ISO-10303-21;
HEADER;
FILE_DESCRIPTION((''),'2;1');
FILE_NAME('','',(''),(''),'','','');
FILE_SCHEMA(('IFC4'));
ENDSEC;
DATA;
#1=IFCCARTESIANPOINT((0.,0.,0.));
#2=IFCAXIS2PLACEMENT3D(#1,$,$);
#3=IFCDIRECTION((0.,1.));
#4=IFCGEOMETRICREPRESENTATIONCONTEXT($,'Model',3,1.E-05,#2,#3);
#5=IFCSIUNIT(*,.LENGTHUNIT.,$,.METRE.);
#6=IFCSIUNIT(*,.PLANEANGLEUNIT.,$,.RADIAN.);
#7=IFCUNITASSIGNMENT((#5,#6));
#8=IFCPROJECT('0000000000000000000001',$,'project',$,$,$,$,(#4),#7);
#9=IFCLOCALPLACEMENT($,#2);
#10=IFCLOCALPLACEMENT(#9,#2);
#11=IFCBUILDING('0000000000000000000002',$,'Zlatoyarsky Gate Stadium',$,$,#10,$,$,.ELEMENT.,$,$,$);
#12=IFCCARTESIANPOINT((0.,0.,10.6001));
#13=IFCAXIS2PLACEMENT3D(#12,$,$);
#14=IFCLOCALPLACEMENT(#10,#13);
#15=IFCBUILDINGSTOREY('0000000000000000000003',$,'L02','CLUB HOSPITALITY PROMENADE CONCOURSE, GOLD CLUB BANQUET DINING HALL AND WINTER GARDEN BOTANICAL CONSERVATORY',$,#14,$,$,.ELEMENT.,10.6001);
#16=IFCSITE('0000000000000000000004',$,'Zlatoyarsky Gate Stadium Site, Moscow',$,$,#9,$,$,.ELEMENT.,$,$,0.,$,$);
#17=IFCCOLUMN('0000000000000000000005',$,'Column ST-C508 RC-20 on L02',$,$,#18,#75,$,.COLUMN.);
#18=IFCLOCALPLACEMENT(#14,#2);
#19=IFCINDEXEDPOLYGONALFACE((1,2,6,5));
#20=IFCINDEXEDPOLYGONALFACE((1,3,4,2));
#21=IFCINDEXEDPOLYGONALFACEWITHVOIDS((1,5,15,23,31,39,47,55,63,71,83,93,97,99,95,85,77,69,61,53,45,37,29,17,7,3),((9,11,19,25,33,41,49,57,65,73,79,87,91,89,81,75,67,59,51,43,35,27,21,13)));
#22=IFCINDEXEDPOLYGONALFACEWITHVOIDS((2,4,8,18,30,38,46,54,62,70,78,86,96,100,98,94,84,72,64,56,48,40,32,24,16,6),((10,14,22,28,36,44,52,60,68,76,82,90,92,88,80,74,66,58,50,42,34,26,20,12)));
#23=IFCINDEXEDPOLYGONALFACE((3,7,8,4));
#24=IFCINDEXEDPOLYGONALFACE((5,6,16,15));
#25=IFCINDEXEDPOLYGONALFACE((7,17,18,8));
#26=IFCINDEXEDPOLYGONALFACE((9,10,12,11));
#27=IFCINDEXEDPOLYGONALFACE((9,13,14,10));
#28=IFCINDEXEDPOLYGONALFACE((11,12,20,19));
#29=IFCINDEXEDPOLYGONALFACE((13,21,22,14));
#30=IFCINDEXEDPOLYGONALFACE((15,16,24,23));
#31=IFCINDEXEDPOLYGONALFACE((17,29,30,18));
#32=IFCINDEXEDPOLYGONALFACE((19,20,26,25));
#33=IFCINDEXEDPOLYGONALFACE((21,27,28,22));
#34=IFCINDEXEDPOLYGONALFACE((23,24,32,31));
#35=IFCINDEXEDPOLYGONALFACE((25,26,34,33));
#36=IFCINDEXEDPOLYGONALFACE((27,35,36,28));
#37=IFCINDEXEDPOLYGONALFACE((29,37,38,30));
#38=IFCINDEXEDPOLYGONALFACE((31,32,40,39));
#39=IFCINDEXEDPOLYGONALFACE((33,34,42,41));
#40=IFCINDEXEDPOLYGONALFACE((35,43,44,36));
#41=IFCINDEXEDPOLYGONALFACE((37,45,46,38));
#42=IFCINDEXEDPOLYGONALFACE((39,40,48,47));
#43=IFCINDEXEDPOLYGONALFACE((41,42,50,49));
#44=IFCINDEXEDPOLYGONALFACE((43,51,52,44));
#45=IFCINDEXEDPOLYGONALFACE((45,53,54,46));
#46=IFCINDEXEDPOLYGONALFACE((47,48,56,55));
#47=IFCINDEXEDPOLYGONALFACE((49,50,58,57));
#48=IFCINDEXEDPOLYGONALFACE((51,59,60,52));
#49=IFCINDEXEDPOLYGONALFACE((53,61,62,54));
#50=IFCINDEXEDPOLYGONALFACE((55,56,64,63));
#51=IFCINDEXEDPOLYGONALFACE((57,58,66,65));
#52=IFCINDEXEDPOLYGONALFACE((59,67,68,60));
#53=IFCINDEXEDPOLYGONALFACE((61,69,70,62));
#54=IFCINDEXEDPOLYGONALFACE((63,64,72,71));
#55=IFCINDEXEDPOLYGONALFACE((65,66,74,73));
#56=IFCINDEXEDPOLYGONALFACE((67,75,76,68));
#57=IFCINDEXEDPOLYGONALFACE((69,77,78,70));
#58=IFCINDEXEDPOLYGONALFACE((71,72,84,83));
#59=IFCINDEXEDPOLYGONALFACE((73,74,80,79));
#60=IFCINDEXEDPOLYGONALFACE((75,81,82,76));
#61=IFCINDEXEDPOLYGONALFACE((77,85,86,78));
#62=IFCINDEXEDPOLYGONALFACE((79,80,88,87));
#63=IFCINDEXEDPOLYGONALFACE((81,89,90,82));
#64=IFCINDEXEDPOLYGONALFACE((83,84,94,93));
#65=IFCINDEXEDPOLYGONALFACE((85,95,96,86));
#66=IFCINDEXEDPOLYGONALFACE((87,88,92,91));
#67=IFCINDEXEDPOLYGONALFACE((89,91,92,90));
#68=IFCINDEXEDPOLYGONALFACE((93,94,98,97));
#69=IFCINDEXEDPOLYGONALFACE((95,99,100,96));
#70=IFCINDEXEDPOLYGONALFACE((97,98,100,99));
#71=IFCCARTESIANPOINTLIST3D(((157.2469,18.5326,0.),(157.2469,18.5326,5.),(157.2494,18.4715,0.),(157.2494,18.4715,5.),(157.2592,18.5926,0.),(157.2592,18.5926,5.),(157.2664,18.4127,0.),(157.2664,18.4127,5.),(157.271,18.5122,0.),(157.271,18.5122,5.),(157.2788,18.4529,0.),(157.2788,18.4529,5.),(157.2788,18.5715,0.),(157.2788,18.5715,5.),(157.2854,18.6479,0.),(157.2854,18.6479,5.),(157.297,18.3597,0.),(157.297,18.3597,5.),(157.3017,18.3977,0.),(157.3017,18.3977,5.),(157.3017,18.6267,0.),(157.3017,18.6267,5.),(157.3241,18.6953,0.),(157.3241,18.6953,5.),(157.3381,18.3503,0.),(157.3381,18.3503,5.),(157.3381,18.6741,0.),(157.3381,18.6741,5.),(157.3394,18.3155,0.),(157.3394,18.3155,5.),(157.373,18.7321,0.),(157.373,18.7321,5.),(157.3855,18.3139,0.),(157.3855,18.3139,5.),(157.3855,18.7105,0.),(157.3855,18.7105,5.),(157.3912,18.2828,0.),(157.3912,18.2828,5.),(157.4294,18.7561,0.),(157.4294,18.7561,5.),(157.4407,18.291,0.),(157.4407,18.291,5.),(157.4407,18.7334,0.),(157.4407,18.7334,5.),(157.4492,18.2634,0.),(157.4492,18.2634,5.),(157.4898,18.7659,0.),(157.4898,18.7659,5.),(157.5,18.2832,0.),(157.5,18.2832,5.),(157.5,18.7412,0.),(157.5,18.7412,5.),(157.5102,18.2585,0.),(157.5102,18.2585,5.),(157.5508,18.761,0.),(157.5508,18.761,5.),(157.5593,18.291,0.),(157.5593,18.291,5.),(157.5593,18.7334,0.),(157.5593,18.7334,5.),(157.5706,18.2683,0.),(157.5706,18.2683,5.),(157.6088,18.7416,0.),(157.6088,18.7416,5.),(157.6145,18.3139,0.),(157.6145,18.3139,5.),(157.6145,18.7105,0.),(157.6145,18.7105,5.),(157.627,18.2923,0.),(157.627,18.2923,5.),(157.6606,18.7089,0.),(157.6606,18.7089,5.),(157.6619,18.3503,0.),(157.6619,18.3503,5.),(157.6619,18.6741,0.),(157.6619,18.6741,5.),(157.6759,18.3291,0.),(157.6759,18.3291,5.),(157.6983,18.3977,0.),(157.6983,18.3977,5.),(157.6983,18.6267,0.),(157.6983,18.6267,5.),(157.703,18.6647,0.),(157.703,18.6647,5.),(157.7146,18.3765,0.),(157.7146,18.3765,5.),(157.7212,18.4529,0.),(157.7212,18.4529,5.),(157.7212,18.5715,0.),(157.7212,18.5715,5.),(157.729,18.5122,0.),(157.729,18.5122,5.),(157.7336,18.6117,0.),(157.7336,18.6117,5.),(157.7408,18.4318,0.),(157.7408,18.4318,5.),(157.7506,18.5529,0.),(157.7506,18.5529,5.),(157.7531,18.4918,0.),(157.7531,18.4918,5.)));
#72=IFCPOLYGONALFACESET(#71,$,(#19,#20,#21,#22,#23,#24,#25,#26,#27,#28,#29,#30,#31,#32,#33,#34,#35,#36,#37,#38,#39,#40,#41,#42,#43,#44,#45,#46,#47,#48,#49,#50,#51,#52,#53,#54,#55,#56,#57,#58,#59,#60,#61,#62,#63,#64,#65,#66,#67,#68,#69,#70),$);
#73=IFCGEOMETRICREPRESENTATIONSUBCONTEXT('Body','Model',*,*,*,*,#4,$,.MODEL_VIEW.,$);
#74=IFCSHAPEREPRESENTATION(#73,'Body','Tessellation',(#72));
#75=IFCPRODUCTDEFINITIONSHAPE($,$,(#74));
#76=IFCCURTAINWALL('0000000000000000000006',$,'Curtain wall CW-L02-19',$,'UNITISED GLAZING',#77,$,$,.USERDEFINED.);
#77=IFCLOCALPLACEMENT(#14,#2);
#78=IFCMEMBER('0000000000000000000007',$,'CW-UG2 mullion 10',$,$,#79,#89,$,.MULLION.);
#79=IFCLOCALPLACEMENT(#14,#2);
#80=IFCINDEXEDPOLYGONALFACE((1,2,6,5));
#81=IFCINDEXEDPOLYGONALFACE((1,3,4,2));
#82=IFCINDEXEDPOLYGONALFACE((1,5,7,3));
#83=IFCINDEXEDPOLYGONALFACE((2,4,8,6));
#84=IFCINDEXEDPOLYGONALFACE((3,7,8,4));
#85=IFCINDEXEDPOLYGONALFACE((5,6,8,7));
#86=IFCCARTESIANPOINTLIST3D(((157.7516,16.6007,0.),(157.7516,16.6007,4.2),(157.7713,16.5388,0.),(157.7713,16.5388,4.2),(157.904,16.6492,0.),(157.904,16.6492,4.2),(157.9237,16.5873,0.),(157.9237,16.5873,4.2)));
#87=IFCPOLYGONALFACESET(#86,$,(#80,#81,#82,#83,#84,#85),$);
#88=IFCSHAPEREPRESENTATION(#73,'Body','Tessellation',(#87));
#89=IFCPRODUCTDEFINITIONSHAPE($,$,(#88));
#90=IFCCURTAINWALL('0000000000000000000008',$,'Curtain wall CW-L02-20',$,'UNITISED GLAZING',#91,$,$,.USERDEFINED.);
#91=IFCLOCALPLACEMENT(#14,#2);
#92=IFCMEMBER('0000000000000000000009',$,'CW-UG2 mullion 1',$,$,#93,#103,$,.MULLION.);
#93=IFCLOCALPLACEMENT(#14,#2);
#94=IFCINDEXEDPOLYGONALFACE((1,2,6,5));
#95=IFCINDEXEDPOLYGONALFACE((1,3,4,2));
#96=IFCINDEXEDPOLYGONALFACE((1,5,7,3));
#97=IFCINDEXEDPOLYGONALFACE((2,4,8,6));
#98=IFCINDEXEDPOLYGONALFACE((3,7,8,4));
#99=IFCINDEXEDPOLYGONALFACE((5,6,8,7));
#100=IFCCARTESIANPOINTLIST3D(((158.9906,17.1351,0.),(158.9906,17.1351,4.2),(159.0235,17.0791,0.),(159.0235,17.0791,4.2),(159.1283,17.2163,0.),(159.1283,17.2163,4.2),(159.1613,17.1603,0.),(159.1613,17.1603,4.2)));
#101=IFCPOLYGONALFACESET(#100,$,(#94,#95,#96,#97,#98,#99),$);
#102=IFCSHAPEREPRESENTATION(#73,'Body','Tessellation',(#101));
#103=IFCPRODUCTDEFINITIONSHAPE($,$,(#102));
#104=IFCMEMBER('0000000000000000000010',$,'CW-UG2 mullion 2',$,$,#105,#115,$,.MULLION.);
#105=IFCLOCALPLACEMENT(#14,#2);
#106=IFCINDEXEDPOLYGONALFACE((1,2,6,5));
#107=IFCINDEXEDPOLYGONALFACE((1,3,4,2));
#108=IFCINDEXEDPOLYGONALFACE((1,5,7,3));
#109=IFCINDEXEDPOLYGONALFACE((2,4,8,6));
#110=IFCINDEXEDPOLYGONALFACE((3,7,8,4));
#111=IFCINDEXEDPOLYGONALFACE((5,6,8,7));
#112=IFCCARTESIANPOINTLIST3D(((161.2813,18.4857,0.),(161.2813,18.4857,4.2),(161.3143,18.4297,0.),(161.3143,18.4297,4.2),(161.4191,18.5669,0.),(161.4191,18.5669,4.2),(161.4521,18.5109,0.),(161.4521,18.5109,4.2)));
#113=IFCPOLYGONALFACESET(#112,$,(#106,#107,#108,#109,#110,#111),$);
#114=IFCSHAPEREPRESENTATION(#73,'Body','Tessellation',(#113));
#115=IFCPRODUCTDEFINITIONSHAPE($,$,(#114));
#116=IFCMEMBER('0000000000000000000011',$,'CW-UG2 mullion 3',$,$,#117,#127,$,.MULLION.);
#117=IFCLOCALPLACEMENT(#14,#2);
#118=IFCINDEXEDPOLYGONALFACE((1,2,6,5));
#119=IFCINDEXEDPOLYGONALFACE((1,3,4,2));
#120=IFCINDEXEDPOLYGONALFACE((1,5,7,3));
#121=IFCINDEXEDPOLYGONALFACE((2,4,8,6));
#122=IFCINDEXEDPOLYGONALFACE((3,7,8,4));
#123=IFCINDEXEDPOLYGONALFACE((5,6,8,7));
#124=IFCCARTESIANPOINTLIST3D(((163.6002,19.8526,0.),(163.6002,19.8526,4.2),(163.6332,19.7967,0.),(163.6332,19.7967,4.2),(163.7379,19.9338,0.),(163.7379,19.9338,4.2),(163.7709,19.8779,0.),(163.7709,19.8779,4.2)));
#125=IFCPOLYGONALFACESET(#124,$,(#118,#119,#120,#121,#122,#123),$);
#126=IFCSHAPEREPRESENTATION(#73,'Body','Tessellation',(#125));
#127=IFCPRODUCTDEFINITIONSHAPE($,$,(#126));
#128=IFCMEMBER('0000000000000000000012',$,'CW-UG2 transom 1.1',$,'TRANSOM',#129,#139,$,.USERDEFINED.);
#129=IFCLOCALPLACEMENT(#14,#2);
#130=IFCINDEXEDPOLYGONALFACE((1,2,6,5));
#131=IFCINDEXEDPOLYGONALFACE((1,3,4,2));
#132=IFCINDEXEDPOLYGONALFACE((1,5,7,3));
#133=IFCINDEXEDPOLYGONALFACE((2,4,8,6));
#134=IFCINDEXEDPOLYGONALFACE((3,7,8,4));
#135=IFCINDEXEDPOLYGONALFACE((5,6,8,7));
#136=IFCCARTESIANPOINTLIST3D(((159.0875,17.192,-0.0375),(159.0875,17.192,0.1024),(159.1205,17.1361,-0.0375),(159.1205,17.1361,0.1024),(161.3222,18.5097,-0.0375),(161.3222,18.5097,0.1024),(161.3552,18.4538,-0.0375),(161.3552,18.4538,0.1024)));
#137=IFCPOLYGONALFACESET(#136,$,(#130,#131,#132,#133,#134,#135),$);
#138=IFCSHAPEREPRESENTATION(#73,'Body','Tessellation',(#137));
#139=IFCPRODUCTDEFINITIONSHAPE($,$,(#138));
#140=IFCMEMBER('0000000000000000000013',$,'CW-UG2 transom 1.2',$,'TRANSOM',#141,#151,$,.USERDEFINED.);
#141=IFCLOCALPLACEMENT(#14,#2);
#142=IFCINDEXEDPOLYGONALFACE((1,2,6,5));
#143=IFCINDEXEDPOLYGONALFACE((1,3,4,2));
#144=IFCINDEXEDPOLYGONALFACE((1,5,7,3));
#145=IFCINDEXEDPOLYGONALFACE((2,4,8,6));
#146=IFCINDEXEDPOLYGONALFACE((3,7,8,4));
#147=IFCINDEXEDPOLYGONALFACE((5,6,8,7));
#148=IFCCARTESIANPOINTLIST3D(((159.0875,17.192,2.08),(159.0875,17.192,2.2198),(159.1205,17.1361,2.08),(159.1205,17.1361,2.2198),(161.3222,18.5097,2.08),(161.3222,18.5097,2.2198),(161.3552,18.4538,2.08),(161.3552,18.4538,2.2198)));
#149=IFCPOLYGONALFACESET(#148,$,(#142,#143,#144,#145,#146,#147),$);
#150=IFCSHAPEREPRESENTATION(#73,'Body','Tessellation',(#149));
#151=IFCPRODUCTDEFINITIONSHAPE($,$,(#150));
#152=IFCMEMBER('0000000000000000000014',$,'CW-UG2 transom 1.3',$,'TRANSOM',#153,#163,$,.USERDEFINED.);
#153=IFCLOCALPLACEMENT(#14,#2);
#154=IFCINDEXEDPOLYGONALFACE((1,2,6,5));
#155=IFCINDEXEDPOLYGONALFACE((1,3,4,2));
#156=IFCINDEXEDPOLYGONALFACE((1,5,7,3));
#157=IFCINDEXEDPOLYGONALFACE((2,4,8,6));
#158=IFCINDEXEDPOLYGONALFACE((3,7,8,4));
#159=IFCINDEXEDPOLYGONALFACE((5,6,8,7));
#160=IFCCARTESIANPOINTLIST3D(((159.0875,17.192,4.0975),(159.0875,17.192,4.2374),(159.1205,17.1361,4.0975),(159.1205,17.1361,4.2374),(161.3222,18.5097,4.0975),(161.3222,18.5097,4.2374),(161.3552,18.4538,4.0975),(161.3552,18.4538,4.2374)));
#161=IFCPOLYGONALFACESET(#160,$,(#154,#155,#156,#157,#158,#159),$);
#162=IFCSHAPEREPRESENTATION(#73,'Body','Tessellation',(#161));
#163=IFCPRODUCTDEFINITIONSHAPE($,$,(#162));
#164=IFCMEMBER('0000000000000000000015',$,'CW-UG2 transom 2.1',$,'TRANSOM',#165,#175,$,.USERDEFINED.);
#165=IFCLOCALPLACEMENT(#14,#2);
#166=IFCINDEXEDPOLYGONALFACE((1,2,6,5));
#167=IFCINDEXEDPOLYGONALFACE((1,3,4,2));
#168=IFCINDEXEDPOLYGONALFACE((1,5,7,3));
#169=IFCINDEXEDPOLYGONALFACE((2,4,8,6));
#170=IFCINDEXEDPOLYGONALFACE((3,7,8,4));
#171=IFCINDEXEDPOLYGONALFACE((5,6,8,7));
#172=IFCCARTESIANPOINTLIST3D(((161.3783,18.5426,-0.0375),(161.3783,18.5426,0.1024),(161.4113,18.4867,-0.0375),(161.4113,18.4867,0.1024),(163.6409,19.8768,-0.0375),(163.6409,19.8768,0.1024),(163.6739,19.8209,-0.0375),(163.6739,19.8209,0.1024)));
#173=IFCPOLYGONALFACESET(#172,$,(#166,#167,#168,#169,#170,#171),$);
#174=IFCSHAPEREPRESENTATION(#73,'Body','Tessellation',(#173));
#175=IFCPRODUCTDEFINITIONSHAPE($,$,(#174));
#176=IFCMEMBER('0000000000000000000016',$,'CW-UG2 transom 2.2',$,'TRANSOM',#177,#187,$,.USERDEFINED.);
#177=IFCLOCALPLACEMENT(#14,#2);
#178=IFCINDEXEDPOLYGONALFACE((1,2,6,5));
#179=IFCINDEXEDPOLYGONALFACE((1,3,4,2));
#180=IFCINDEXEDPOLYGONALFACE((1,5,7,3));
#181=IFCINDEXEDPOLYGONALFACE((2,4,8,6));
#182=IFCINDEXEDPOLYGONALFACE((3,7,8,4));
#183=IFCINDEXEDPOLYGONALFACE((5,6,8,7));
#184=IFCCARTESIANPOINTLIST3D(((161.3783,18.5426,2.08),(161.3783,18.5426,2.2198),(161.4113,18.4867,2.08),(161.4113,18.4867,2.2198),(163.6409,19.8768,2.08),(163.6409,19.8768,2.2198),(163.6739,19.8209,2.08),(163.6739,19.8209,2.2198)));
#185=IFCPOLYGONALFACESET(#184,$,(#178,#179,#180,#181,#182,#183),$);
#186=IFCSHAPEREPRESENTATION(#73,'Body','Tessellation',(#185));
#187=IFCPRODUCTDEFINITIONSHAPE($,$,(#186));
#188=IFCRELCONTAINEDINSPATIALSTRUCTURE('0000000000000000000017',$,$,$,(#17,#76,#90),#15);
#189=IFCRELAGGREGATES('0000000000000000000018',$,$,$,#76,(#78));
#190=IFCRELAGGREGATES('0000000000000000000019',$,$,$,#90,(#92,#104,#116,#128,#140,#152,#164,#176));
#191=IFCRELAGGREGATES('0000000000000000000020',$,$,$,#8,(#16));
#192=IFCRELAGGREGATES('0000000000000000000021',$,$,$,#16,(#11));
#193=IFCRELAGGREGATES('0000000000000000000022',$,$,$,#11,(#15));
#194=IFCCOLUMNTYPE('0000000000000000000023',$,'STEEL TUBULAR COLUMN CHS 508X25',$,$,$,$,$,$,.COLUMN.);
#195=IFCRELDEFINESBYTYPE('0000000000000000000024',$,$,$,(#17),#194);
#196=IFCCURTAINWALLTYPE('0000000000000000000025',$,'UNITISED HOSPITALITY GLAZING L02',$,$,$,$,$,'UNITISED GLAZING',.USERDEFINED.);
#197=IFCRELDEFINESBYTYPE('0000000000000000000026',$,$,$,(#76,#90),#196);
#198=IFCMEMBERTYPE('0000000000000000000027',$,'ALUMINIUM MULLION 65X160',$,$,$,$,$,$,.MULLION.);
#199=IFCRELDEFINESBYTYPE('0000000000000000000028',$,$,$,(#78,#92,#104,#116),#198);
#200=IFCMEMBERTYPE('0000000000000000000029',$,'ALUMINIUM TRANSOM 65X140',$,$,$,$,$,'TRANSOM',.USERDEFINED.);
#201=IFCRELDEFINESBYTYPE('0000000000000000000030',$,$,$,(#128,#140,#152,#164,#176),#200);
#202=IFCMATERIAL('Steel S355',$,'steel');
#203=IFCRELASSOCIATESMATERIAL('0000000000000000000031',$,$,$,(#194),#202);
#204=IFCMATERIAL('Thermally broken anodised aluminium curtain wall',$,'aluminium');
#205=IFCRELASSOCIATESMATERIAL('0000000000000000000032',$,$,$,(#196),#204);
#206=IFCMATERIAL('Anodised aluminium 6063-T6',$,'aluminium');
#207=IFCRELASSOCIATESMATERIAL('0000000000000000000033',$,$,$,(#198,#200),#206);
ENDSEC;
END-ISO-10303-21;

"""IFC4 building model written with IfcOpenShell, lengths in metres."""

from ifc_helpers import new_model, si_unit, direction, frame, origin, origin_2d, place, context, subcontext, project, spatial, rectangle, hollow_circle, extrude, material, material_profile, profile_set, type_object, element, aggregate, save


model = new_model("IFC4")

# Units and contexts
model_context = context("Model", 3, precision=1e-05, world=origin(), true_north=direction((0.0, 1.0)))
body_context = subcontext(model_context, "Body", "Model", "MODEL_VIEW")
ifc_project = project(units=[si_unit("LENGTHUNIT", "METRE"), si_unit("PLANEANGLEUNIT", "RADIAN")], contexts=[model_context])

# Site, building, storey
site_placement = place(None, origin())
site = spatial("IfcSite", under=ifc_project, at=site_placement, Name="Zlatoyarsky Gate Stadium Site, Moscow", CompositionType="ELEMENT", RefElevation=0.0)
building_placement = place(site_placement, origin())
building = spatial("IfcBuilding", under=site, at=building_placement, Name="Zlatoyarsky Gate Stadium", CompositionType="ELEMENT")
storey_placement = place(building_placement, frame((0.0, 0.0, 10.6001)))
storey = spatial("IfcBuildingStorey", under=building, at=storey_placement, Name="L02", Description="CLUB HOSPITALITY PROMENADE CONCOURSE, GOLD CLUB BANQUET DINING HALL AND WINTER GARDEN BOTANICAL CONSERVATORY", CompositionType="ELEMENT", Elevation=10.6001)

# Column
ifc_material_1 = material(Name="Steel S355", Category="steel")
ifc_material_profile_1 = material_profile(ifc_material_1, hollow_circle(Radius=0.2539, WallThickness=0.0249, at=origin_2d()), Name="CHS 508X25")
ifc_profile_set_1 = profile_set([ifc_material_profile_1], Name="Steel S355")
column_type = type_object("IfcColumnType", Name="STEEL TUBULAR COLUMN CHS 508X25", PredefinedType="COLUMN", material=ifc_profile_set_1)
column_placement = place(storey_placement, frame((157.5, 18.5122, 0.0), z_axis=(0.0, 0.0, 1.0), x_axis=(0.5, -0.866025, 0.0)))
element("IfcColumn", 1, at=column_placement, inside=storey, type_object=column_type, Name="Column ST-C508 RC-20 on L02", PredefinedType="COLUMN", context=body_context, shape_type="SweptSolid", body=[
    extrude(hollow_circle(Radius=0.2539, WallThickness=0.0249, at=origin_2d()), origin(), (0.0, 0.0, 1.0), 5.0),
])

# Curtain wall, member
ifc_material_2 = material(Name="Thermally broken anodised aluminium curtain wall", Category="aluminium")
curtain_wall_type = type_object("IfcCurtainWallType", Name="UNITISED HOSPITALITY GLAZING L02", ElementType="UNITISED GLAZING", PredefinedType="USERDEFINED", material=ifc_material_2)
curtain_wall_1_placement = place(storey_placement, origin())
curtain_wall_1 = element("IfcCurtainWall", 2, at=curtain_wall_1_placement, inside=storey, type_object=curtain_wall_type, Name="Curtain wall CW-L02-19", ObjectType="UNITISED GLAZING", PredefinedType="USERDEFINED")
ifc_material_3 = material(Name="Anodised aluminium 6063-T6", Category="aluminium")
ifc_material_profile_2 = material_profile(ifc_material_3, rectangle(XDim=0.0649, YDim=0.1599, at=origin_2d()), Name="ALU 65X160")
ifc_profile_set_2 = profile_set([ifc_material_profile_2], Name="Anodised aluminium 6063-T6")
member_type_1 = type_object("IfcMemberType", Name="ALUMINIUM MULLION 65X160", PredefinedType="MULLION", material=ifc_profile_set_2)
member_1_placement = place(storey_placement, frame((157.8376, 16.594, 0.0), z_axis=(0.0, 0.0, 1.0), x_axis=(-0.303278, 0.952902, 0.0)))
member_1 = element("IfcMember", 3, at=member_1_placement, type_object=member_type_1, Name="CW-UG2 mullion 10", PredefinedType="MULLION", context=body_context, shape_type="SweptSolid", body=[
    extrude(rectangle(XDim=0.0649, YDim=0.1599, at=origin_2d()), origin(), (0.0, 0.0, 1.0), 4.2),
])
aggregate(curtain_wall_1, [member_1])

# Curtain wall, members
curtain_wall_2_placement = place(storey_placement, origin())
curtain_wall_2 = element("IfcCurtainWall", 4, at=curtain_wall_2_placement, inside=storey, type_object=curtain_wall_type, Name="Curtain wall CW-L02-20", ObjectType="UNITISED GLAZING", PredefinedType="USERDEFINED")
member_2_placement = place(storey_placement, frame((159.0759, 17.1477, 0.0), z_axis=(0.0, 0.0, 1.0), x_axis=(-0.507884, 0.861425, 0.0)))
member_2 = element("IfcMember", 5, at=member_2_placement, type_object=member_type_1, Name="CW-UG2 mullion 1", PredefinedType="MULLION", context=body_context, shape_type="SweptSolid", body=[
    extrude(rectangle(XDim=0.0649, YDim=0.1599, at=origin_2d()), origin(), (0.0, 0.0, 1.0), 4.2),
])
member_3_placement = place(storey_placement, frame((161.3667, 18.4983, 0.0), z_axis=(0.0, 0.0, 1.0), x_axis=(-0.507884, 0.861425, 0.0)))
member_3 = element("IfcMember", 6, at=member_3_placement, type_object=member_type_1, Name="CW-UG2 mullion 2", PredefinedType="MULLION", context=body_context, shape_type="SweptSolid", body=[
    extrude(rectangle(XDim=0.0649, YDim=0.1599, at=origin_2d()), origin(), (0.0, 0.0, 1.0), 4.2),
])
member_4_placement = place(storey_placement, frame((163.6855, 19.8652, 0.0), z_axis=(0.0, 0.0, 1.0), x_axis=(-0.507884, 0.861425, 0.0)))
member_4 = element("IfcMember", 7, at=member_4_placement, type_object=member_type_1, Name="CW-UG2 mullion 3", PredefinedType="MULLION", context=body_context, shape_type="SweptSolid", body=[
    extrude(rectangle(XDim=0.0649, YDim=0.1599, at=origin_2d()), origin(), (0.0, 0.0, 1.0), 4.2),
])
ifc_material_profile_3 = material_profile(ifc_material_3, rectangle(XDim=0.0649, YDim=0.1399, at=origin_2d()), Name="ALU 65X140")
ifc_profile_set_3 = profile_set([ifc_material_profile_3], Name="Anodised aluminium 6063-T6")
member_type_2 = type_object("IfcMemberType", Name="ALUMINIUM TRANSOM 65X140", ElementType="TRANSOM", PredefinedType="USERDEFINED", material=ifc_profile_set_3)
member_5_placement = place(storey_placement, frame((159.104, 17.1641, 0.0325), z_axis=(0.861404, 0.507921, 0.0), x_axis=(-0.507921, 0.861404, 0.0)))
member_5 = element("IfcMember", 8, at=member_5_placement, type_object=member_type_2, Name="CW-UG2 transom 1.1", ObjectType="TRANSOM", PredefinedType="USERDEFINED", context=body_context, shape_type="SweptSolid", body=[
    extrude(rectangle(XDim=0.0649, YDim=0.1399, at=origin_2d()), origin(), (0.0, 0.0, 1.0), 2.5942),
])
member_6_placement = place(storey_placement, frame((159.104, 17.1641, 2.1499), z_axis=(0.861404, 0.507921, 0.0), x_axis=(-0.507921, 0.861404, 0.0)))
member_6 = element("IfcMember", 9, at=member_6_placement, type_object=member_type_2, Name="CW-UG2 transom 1.2", ObjectType="TRANSOM", PredefinedType="USERDEFINED", context=body_context, shape_type="SweptSolid", body=[
    extrude(rectangle(XDim=0.0649, YDim=0.1399, at=origin_2d()), origin(), (0.0, 0.0, 1.0), 2.5942),
])
member_7_placement = place(storey_placement, frame((159.104, 17.1641, 4.1675), z_axis=(0.861404, 0.507921, 0.0), x_axis=(-0.507921, 0.861404, 0.0)))
member_7 = element("IfcMember", 10, at=member_7_placement, type_object=member_type_2, Name="CW-UG2 transom 1.3", ObjectType="TRANSOM", PredefinedType="USERDEFINED", context=body_context, shape_type="SweptSolid", body=[
    extrude(rectangle(XDim=0.0649, YDim=0.1399, at=origin_2d()), origin(), (0.0, 0.0, 1.0), 2.5942),
])
member_8_placement = place(storey_placement, frame((161.3948, 18.5146, 0.0325), z_axis=(0.861396, 0.507934, 0.0), x_axis=(-0.507934, 0.861396, 0.0)))
member_8 = element("IfcMember", 11, at=member_8_placement, type_object=member_type_2, Name="CW-UG2 transom 2.1", ObjectType="TRANSOM", PredefinedType="USERDEFINED", context=body_context, shape_type="SweptSolid", body=[
    extrude(rectangle(XDim=0.0649, YDim=0.1399, at=origin_2d()), origin(), (0.0, 0.0, 1.0), 2.6267),
])
member_9_placement = place(storey_placement, frame((161.3948, 18.5146, 2.1499), z_axis=(0.861396, 0.507934, 0.0), x_axis=(-0.507934, 0.861396, 0.0)))
member_9 = element("IfcMember", 12, at=member_9_placement, type_object=member_type_2, Name="CW-UG2 transom 2.2", ObjectType="TRANSOM", PredefinedType="USERDEFINED", context=body_context, shape_type="SweptSolid", body=[
    extrude(rectangle(XDim=0.0649, YDim=0.1399, at=origin_2d()), origin(), (0.0, 0.0, 1.0), 2.6267),
])

aggregate(curtain_wall_2, [member_2, member_3, member_4, member_5, member_6, member_7, member_8, member_9])

save(model, "model.ifc")
